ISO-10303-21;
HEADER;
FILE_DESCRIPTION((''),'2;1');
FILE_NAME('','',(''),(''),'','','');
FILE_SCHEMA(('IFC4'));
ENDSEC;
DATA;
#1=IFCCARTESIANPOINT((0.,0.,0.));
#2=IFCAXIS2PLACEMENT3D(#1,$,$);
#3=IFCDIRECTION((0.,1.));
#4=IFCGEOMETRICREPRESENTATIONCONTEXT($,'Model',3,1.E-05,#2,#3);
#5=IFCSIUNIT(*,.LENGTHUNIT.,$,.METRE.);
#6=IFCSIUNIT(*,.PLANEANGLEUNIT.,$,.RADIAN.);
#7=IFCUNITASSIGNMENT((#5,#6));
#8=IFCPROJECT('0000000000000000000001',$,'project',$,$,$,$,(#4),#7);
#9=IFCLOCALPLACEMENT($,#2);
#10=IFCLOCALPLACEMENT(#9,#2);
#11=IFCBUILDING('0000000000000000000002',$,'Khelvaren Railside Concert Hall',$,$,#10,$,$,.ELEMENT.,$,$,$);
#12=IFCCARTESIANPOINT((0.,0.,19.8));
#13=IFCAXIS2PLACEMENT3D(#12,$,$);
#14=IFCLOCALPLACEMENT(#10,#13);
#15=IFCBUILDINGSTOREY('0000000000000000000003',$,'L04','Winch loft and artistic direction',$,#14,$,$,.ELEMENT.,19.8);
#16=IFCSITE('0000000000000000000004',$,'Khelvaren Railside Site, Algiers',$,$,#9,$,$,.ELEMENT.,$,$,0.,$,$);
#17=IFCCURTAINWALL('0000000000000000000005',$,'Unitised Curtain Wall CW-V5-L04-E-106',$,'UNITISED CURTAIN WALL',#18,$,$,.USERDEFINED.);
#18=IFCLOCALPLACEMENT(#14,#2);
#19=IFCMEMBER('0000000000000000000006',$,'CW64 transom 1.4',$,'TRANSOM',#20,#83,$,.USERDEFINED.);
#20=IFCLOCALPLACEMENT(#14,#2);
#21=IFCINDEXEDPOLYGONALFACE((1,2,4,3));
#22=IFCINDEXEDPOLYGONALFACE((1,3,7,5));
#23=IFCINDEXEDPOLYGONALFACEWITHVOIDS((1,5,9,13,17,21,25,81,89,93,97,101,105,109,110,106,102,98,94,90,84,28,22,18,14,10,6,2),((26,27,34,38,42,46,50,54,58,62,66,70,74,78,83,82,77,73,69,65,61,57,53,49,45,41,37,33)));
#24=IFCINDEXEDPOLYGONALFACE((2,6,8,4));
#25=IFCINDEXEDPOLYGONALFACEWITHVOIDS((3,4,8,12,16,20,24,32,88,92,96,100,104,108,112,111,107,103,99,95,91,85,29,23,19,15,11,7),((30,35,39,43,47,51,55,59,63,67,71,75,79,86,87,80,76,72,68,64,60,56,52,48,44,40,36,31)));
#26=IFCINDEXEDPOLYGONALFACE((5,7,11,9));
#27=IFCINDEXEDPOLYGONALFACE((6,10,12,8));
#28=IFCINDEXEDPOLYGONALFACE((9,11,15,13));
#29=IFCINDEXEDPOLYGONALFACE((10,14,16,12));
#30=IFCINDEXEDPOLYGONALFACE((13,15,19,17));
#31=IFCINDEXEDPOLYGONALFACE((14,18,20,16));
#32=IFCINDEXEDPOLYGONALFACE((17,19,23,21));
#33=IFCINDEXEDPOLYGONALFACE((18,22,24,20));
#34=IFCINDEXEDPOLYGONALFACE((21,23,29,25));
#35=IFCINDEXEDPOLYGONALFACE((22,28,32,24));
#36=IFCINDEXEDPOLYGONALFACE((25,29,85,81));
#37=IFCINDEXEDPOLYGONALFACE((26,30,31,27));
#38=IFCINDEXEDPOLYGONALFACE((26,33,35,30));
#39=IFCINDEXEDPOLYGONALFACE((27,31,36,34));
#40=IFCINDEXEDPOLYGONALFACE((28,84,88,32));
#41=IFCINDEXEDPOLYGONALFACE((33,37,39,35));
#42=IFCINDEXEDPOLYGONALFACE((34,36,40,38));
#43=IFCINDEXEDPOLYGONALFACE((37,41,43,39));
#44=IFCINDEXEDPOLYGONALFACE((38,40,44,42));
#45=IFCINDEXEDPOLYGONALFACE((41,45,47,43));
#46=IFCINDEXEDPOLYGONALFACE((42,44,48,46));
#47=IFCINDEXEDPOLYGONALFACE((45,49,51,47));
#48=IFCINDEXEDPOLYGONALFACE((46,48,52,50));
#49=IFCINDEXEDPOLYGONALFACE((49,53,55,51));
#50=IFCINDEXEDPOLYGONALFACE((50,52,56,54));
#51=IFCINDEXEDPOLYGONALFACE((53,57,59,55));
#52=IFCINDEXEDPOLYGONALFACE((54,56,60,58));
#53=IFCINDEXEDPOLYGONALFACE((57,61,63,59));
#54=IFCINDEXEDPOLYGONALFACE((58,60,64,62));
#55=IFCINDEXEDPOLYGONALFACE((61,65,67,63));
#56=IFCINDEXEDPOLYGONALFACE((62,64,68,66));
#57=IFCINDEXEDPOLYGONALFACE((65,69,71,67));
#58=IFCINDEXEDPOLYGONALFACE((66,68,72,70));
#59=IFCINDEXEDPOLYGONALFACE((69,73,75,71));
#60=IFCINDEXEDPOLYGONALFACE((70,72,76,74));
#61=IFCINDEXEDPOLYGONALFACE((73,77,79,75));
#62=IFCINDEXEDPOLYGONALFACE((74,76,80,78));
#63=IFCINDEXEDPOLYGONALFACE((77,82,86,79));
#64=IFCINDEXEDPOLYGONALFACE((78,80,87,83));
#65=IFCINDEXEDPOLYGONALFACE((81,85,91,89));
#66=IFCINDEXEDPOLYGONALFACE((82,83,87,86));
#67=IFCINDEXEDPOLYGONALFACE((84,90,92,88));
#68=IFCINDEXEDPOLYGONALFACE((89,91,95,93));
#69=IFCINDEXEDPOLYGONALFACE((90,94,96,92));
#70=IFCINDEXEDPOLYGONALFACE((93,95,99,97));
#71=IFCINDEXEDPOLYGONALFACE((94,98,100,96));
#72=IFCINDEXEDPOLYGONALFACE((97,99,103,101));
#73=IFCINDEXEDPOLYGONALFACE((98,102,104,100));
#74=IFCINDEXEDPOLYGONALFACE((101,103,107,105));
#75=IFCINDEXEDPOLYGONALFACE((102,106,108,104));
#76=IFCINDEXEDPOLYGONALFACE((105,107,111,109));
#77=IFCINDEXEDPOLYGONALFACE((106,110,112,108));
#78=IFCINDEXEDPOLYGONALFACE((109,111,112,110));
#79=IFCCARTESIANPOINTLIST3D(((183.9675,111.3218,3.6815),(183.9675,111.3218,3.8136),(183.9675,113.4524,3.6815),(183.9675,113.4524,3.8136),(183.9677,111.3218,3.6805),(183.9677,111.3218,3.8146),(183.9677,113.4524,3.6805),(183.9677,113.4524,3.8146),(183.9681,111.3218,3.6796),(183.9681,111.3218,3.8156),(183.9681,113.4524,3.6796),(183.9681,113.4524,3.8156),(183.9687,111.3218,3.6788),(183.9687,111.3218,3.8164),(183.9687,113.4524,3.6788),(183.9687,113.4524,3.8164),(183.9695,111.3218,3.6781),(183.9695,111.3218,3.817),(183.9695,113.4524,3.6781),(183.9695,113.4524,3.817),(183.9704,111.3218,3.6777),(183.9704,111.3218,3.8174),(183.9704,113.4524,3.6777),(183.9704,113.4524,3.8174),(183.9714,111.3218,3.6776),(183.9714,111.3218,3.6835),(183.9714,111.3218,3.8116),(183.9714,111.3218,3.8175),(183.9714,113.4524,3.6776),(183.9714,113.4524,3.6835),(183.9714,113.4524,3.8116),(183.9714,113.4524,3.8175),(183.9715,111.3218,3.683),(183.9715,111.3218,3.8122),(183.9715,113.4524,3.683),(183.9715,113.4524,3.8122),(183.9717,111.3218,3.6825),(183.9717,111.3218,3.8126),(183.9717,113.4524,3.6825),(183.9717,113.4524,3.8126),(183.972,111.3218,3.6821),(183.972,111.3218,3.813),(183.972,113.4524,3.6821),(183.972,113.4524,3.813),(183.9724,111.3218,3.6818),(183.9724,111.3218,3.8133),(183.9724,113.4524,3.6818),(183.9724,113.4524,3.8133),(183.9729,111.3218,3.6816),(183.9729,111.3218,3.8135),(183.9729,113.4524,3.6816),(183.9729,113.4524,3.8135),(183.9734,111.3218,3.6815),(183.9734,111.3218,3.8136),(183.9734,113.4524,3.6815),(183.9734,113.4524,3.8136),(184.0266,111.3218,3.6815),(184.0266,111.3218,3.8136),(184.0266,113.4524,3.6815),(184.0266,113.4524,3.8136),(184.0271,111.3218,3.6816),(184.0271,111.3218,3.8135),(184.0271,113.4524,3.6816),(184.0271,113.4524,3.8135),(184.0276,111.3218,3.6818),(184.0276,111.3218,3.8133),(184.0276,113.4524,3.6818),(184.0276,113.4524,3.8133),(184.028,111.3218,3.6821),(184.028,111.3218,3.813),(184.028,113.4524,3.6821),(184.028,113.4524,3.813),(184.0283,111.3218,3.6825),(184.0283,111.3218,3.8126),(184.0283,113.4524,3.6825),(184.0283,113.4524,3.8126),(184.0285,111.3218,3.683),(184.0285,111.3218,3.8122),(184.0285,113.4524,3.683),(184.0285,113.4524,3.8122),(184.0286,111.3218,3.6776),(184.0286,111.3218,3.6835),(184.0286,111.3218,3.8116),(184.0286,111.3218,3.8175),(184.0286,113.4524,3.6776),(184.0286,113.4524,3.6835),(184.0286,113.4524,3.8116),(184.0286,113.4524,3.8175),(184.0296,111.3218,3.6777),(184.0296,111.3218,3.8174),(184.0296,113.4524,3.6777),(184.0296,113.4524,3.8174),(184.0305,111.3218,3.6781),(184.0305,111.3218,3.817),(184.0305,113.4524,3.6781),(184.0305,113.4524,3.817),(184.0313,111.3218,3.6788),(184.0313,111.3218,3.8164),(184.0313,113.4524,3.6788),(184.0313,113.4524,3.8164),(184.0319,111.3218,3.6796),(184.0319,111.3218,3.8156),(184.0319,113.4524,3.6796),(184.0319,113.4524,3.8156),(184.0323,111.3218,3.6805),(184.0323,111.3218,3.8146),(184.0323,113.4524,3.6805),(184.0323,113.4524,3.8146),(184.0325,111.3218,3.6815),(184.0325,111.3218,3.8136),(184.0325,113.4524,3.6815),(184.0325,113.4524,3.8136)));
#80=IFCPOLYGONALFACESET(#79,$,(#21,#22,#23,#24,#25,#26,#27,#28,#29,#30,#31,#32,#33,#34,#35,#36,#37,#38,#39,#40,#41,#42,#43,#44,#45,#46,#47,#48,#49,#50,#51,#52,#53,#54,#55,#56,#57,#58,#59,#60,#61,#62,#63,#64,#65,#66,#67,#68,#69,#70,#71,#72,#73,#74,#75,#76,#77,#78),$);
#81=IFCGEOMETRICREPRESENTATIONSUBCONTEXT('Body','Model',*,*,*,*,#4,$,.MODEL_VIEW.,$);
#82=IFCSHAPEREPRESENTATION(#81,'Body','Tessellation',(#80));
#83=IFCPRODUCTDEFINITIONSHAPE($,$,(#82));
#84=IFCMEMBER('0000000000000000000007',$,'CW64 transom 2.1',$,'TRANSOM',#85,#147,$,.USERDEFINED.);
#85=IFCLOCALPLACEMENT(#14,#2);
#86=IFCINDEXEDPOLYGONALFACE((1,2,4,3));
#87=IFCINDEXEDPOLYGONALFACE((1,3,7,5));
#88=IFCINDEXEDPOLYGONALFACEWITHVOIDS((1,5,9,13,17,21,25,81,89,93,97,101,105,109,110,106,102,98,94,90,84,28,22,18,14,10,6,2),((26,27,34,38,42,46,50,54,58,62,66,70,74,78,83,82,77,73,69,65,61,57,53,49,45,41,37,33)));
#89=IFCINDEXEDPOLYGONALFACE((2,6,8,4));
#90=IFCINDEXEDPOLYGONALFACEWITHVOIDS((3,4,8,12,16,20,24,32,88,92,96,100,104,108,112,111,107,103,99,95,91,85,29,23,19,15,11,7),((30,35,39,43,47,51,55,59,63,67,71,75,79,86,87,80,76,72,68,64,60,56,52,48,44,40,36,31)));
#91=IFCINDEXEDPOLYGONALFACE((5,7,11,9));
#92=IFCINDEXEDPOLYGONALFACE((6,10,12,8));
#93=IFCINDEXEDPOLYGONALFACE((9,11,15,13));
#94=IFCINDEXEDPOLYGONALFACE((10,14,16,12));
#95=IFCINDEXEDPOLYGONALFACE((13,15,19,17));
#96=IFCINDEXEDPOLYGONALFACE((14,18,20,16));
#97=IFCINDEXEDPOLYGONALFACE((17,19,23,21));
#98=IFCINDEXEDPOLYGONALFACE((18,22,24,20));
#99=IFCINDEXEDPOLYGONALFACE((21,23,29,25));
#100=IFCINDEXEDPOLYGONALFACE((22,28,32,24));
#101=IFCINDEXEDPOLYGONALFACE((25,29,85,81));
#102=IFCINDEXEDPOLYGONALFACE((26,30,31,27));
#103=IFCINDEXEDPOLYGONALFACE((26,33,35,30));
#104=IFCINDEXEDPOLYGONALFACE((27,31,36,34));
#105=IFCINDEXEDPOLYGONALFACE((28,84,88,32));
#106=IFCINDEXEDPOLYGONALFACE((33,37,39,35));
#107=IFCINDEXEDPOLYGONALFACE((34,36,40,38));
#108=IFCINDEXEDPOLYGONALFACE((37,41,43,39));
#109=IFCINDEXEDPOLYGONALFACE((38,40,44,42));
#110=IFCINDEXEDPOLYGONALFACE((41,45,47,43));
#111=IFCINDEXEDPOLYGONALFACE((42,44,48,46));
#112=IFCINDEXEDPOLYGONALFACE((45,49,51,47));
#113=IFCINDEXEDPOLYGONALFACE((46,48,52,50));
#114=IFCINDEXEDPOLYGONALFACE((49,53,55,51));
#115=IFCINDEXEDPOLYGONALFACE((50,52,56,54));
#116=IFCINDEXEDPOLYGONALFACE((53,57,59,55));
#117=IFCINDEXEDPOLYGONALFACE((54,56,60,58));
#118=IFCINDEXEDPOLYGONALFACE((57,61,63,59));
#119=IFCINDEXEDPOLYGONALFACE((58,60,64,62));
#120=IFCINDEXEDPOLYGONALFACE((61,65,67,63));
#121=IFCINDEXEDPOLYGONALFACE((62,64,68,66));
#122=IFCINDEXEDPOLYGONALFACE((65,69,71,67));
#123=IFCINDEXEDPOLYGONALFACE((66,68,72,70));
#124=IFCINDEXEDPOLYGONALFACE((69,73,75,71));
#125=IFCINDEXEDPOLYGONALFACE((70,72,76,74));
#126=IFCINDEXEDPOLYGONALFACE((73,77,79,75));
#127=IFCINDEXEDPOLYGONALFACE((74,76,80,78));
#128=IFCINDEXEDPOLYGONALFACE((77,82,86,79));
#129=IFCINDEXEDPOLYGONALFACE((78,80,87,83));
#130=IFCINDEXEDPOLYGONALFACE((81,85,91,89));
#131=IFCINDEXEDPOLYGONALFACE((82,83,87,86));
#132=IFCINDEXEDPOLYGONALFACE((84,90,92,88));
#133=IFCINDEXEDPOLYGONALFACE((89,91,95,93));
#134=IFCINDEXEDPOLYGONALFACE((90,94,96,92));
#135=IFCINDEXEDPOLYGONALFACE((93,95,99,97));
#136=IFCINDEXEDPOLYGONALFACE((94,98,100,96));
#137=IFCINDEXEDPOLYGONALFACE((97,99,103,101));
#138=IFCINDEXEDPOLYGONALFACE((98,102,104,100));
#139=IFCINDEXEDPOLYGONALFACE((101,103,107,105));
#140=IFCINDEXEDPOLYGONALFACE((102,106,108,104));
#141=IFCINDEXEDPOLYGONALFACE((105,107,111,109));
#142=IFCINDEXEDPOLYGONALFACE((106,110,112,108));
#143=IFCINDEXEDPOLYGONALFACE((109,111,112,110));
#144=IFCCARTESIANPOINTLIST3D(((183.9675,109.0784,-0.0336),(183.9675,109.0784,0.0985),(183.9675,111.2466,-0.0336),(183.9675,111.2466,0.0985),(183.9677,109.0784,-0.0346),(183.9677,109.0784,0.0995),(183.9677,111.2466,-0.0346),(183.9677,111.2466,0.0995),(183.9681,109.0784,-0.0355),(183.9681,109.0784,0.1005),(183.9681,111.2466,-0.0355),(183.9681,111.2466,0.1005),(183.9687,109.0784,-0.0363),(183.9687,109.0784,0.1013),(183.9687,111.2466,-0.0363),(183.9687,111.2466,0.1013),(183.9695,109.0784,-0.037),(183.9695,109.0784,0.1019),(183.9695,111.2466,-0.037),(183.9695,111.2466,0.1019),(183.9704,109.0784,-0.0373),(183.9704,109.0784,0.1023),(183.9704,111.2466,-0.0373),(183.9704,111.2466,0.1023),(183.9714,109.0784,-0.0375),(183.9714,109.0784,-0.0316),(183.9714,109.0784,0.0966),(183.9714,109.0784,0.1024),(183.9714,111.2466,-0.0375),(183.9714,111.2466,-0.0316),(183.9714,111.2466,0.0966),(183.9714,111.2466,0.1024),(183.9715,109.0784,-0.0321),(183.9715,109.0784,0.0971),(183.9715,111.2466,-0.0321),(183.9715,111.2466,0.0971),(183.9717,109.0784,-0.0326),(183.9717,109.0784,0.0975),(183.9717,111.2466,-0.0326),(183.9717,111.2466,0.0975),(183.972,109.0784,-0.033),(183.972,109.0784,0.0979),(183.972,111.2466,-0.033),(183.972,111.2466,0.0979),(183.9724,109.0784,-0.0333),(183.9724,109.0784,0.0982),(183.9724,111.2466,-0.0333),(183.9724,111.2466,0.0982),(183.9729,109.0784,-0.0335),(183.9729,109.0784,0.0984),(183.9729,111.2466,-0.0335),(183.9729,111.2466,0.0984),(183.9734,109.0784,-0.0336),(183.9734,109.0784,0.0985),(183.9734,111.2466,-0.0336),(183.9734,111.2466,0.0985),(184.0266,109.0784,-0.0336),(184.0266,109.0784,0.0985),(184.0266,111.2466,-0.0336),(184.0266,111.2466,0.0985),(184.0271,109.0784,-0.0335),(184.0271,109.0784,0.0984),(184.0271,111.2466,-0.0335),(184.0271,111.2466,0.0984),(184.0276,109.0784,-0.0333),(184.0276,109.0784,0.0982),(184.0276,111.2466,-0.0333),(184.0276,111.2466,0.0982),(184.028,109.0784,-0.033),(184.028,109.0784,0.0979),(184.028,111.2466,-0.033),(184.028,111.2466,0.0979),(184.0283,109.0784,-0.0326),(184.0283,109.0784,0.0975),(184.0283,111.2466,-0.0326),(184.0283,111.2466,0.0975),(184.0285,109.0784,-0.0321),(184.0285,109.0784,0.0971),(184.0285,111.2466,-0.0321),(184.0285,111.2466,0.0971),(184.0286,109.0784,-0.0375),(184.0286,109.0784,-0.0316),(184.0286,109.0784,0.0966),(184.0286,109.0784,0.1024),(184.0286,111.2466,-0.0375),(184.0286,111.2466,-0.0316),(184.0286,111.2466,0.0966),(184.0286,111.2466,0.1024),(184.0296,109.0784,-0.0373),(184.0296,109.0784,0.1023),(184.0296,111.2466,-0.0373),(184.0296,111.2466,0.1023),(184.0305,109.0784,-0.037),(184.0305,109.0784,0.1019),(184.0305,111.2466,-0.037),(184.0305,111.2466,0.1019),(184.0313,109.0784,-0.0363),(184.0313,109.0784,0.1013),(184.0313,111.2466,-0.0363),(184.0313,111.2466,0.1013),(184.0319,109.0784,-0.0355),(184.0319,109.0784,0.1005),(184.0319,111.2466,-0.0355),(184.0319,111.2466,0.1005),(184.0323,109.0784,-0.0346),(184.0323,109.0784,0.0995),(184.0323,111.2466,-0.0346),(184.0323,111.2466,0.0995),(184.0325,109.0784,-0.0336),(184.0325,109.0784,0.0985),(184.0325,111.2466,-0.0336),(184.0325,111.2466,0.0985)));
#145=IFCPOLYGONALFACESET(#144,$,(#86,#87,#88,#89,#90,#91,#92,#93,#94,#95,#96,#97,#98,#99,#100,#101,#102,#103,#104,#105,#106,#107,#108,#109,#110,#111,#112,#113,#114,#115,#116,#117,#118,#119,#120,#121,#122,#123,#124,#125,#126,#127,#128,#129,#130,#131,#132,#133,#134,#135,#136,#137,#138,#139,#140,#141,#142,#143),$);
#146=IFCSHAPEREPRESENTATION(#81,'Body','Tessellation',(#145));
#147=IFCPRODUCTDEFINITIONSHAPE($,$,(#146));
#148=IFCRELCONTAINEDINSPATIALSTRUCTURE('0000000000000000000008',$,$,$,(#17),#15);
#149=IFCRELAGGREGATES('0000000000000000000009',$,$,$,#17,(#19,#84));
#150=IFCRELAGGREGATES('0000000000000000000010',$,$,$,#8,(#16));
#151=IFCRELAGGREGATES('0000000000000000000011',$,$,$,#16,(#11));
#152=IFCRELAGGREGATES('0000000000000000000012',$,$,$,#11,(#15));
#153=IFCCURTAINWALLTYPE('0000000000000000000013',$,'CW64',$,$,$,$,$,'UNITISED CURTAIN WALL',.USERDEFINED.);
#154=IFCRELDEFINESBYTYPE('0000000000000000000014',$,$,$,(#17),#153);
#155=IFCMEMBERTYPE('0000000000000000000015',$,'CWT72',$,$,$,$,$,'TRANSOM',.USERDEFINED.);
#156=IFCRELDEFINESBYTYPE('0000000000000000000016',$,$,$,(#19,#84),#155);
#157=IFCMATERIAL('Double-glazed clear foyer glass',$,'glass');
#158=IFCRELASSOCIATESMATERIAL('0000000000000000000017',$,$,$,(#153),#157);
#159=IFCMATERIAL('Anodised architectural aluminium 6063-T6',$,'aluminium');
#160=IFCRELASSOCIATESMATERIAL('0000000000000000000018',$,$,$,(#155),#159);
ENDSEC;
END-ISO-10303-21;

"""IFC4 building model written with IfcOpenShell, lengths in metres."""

from ifc_helpers import new_model, si_unit, direction, frame, origin, origin_2d, place, context, subcontext, project, spatial, hollow_rectangle, extrude, material, material_profile, profile_set, type_object, element, aggregate, save


model = new_model("IFC4")

# Units and contexts
model_context = context("Model", 3, precision=1e-05, world=origin(), true_north=direction((0.0, 1.0)))
body_context = subcontext(model_context, "Body", "Model", "MODEL_VIEW")
ifc_project = project(units=[si_unit("LENGTHUNIT", "METRE"), si_unit("PLANEANGLEUNIT", "RADIAN")], contexts=[model_context])

# Site, building, storey
site_placement = place(None, origin())
site = spatial("IfcSite", under=ifc_project, at=site_placement, Name="Khelvaren Railside Site, Algiers", CompositionType="ELEMENT", RefElevation=0.0)
building_placement = place(site_placement, origin())
building = spatial("IfcBuilding", under=site, at=building_placement, Name="Khelvaren Railside Concert Hall", CompositionType="ELEMENT")
storey_placement = place(building_placement, frame((0.0, 0.0, 19.8)))
storey = spatial("IfcBuildingStorey", under=building, at=storey_placement, Name="L04", Description="Winch loft and artistic direction", CompositionType="ELEMENT", Elevation=19.8)

# Curtain wall
ifc_material_1 = material(Name="Double-glazed clear foyer glass", Category="glass")
curtain_wall_type_1 = type_object("IfcCurtainWallType", Name="CW64", ElementType="UNITISED CURTAIN WALL", PredefinedType="USERDEFINED", material=ifc_material_1)
curtain_wall_1_placement = place(storey_placement, origin())
curtain_wall_1 = element("IfcCurtainWall", 1, at=curtain_wall_1_placement, inside=storey, type_object=curtain_wall_type_1, Name="Unitised Curtain Wall CW-V5-L04-E-106", ObjectType="UNITISED CURTAIN WALL", PredefinedType="USERDEFINED")
ifc_material_2 = material(Name="Anodised architectural aluminium 6063-T6", Category="aluminium")
ifc_material_profile_1 = material_profile(ifc_material_2, hollow_rectangle(XDim=0.0649, YDim=0.1399, WallThickness=0.0039, InnerFilletRadius=0.002, OuterFilletRadius=0.0039, at=origin_2d()), Name="CWT 65x140x4")
ifc_profile_set_1 = profile_set([ifc_material_profile_1], Name="Anodised architectural aluminium 6063-T6")
member_type_1 = type_object("IfcMemberType", Name="CWT72", ElementType="TRANSOM", PredefinedType="USERDEFINED", material=ifc_profile_set_1)

# Members
member_1_placement = place(storey_placement, frame((184.0, 113.4524, 3.7476), z_axis=(0.0, -1.0, 0.0), x_axis=(1.0, 0.0, 0.0)))
member_1 = element("IfcMember", 2, at=member_1_placement, type_object=member_type_1, Name="CW64 transom 1.4", ObjectType="TRANSOM", PredefinedType="USERDEFINED", context=body_context, shape_type="SweptSolid", body=[
    extrude(hollow_rectangle(XDim=0.0649, YDim=0.1399, WallThickness=0.0039, InnerFilletRadius=0.002, OuterFilletRadius=0.0039, at=origin_2d()), origin(), (0.0, 0.0, 1.0), 2.1306),
])
member_2_placement = place(storey_placement, frame((184.0, 111.2466, 0.0325), z_axis=(0.0, -1.0, 0.0), x_axis=(1.0, 0.0, 0.0)))
member_2 = element("IfcMember", 3, at=member_2_placement, type_object=member_type_1, Name="CW64 transom 2.1", ObjectType="TRANSOM", PredefinedType="USERDEFINED", context=body_context, shape_type="SweptSolid", body=[
    extrude(hollow_rectangle(XDim=0.0649, YDim=0.1399, WallThickness=0.0039, InnerFilletRadius=0.002, OuterFilletRadius=0.0039, at=origin_2d()), origin(), (0.0, 0.0, 1.0), 2.1682),
])

aggregate(curtain_wall_1, [member_1, member_2])

save(model, "model.ifc")
